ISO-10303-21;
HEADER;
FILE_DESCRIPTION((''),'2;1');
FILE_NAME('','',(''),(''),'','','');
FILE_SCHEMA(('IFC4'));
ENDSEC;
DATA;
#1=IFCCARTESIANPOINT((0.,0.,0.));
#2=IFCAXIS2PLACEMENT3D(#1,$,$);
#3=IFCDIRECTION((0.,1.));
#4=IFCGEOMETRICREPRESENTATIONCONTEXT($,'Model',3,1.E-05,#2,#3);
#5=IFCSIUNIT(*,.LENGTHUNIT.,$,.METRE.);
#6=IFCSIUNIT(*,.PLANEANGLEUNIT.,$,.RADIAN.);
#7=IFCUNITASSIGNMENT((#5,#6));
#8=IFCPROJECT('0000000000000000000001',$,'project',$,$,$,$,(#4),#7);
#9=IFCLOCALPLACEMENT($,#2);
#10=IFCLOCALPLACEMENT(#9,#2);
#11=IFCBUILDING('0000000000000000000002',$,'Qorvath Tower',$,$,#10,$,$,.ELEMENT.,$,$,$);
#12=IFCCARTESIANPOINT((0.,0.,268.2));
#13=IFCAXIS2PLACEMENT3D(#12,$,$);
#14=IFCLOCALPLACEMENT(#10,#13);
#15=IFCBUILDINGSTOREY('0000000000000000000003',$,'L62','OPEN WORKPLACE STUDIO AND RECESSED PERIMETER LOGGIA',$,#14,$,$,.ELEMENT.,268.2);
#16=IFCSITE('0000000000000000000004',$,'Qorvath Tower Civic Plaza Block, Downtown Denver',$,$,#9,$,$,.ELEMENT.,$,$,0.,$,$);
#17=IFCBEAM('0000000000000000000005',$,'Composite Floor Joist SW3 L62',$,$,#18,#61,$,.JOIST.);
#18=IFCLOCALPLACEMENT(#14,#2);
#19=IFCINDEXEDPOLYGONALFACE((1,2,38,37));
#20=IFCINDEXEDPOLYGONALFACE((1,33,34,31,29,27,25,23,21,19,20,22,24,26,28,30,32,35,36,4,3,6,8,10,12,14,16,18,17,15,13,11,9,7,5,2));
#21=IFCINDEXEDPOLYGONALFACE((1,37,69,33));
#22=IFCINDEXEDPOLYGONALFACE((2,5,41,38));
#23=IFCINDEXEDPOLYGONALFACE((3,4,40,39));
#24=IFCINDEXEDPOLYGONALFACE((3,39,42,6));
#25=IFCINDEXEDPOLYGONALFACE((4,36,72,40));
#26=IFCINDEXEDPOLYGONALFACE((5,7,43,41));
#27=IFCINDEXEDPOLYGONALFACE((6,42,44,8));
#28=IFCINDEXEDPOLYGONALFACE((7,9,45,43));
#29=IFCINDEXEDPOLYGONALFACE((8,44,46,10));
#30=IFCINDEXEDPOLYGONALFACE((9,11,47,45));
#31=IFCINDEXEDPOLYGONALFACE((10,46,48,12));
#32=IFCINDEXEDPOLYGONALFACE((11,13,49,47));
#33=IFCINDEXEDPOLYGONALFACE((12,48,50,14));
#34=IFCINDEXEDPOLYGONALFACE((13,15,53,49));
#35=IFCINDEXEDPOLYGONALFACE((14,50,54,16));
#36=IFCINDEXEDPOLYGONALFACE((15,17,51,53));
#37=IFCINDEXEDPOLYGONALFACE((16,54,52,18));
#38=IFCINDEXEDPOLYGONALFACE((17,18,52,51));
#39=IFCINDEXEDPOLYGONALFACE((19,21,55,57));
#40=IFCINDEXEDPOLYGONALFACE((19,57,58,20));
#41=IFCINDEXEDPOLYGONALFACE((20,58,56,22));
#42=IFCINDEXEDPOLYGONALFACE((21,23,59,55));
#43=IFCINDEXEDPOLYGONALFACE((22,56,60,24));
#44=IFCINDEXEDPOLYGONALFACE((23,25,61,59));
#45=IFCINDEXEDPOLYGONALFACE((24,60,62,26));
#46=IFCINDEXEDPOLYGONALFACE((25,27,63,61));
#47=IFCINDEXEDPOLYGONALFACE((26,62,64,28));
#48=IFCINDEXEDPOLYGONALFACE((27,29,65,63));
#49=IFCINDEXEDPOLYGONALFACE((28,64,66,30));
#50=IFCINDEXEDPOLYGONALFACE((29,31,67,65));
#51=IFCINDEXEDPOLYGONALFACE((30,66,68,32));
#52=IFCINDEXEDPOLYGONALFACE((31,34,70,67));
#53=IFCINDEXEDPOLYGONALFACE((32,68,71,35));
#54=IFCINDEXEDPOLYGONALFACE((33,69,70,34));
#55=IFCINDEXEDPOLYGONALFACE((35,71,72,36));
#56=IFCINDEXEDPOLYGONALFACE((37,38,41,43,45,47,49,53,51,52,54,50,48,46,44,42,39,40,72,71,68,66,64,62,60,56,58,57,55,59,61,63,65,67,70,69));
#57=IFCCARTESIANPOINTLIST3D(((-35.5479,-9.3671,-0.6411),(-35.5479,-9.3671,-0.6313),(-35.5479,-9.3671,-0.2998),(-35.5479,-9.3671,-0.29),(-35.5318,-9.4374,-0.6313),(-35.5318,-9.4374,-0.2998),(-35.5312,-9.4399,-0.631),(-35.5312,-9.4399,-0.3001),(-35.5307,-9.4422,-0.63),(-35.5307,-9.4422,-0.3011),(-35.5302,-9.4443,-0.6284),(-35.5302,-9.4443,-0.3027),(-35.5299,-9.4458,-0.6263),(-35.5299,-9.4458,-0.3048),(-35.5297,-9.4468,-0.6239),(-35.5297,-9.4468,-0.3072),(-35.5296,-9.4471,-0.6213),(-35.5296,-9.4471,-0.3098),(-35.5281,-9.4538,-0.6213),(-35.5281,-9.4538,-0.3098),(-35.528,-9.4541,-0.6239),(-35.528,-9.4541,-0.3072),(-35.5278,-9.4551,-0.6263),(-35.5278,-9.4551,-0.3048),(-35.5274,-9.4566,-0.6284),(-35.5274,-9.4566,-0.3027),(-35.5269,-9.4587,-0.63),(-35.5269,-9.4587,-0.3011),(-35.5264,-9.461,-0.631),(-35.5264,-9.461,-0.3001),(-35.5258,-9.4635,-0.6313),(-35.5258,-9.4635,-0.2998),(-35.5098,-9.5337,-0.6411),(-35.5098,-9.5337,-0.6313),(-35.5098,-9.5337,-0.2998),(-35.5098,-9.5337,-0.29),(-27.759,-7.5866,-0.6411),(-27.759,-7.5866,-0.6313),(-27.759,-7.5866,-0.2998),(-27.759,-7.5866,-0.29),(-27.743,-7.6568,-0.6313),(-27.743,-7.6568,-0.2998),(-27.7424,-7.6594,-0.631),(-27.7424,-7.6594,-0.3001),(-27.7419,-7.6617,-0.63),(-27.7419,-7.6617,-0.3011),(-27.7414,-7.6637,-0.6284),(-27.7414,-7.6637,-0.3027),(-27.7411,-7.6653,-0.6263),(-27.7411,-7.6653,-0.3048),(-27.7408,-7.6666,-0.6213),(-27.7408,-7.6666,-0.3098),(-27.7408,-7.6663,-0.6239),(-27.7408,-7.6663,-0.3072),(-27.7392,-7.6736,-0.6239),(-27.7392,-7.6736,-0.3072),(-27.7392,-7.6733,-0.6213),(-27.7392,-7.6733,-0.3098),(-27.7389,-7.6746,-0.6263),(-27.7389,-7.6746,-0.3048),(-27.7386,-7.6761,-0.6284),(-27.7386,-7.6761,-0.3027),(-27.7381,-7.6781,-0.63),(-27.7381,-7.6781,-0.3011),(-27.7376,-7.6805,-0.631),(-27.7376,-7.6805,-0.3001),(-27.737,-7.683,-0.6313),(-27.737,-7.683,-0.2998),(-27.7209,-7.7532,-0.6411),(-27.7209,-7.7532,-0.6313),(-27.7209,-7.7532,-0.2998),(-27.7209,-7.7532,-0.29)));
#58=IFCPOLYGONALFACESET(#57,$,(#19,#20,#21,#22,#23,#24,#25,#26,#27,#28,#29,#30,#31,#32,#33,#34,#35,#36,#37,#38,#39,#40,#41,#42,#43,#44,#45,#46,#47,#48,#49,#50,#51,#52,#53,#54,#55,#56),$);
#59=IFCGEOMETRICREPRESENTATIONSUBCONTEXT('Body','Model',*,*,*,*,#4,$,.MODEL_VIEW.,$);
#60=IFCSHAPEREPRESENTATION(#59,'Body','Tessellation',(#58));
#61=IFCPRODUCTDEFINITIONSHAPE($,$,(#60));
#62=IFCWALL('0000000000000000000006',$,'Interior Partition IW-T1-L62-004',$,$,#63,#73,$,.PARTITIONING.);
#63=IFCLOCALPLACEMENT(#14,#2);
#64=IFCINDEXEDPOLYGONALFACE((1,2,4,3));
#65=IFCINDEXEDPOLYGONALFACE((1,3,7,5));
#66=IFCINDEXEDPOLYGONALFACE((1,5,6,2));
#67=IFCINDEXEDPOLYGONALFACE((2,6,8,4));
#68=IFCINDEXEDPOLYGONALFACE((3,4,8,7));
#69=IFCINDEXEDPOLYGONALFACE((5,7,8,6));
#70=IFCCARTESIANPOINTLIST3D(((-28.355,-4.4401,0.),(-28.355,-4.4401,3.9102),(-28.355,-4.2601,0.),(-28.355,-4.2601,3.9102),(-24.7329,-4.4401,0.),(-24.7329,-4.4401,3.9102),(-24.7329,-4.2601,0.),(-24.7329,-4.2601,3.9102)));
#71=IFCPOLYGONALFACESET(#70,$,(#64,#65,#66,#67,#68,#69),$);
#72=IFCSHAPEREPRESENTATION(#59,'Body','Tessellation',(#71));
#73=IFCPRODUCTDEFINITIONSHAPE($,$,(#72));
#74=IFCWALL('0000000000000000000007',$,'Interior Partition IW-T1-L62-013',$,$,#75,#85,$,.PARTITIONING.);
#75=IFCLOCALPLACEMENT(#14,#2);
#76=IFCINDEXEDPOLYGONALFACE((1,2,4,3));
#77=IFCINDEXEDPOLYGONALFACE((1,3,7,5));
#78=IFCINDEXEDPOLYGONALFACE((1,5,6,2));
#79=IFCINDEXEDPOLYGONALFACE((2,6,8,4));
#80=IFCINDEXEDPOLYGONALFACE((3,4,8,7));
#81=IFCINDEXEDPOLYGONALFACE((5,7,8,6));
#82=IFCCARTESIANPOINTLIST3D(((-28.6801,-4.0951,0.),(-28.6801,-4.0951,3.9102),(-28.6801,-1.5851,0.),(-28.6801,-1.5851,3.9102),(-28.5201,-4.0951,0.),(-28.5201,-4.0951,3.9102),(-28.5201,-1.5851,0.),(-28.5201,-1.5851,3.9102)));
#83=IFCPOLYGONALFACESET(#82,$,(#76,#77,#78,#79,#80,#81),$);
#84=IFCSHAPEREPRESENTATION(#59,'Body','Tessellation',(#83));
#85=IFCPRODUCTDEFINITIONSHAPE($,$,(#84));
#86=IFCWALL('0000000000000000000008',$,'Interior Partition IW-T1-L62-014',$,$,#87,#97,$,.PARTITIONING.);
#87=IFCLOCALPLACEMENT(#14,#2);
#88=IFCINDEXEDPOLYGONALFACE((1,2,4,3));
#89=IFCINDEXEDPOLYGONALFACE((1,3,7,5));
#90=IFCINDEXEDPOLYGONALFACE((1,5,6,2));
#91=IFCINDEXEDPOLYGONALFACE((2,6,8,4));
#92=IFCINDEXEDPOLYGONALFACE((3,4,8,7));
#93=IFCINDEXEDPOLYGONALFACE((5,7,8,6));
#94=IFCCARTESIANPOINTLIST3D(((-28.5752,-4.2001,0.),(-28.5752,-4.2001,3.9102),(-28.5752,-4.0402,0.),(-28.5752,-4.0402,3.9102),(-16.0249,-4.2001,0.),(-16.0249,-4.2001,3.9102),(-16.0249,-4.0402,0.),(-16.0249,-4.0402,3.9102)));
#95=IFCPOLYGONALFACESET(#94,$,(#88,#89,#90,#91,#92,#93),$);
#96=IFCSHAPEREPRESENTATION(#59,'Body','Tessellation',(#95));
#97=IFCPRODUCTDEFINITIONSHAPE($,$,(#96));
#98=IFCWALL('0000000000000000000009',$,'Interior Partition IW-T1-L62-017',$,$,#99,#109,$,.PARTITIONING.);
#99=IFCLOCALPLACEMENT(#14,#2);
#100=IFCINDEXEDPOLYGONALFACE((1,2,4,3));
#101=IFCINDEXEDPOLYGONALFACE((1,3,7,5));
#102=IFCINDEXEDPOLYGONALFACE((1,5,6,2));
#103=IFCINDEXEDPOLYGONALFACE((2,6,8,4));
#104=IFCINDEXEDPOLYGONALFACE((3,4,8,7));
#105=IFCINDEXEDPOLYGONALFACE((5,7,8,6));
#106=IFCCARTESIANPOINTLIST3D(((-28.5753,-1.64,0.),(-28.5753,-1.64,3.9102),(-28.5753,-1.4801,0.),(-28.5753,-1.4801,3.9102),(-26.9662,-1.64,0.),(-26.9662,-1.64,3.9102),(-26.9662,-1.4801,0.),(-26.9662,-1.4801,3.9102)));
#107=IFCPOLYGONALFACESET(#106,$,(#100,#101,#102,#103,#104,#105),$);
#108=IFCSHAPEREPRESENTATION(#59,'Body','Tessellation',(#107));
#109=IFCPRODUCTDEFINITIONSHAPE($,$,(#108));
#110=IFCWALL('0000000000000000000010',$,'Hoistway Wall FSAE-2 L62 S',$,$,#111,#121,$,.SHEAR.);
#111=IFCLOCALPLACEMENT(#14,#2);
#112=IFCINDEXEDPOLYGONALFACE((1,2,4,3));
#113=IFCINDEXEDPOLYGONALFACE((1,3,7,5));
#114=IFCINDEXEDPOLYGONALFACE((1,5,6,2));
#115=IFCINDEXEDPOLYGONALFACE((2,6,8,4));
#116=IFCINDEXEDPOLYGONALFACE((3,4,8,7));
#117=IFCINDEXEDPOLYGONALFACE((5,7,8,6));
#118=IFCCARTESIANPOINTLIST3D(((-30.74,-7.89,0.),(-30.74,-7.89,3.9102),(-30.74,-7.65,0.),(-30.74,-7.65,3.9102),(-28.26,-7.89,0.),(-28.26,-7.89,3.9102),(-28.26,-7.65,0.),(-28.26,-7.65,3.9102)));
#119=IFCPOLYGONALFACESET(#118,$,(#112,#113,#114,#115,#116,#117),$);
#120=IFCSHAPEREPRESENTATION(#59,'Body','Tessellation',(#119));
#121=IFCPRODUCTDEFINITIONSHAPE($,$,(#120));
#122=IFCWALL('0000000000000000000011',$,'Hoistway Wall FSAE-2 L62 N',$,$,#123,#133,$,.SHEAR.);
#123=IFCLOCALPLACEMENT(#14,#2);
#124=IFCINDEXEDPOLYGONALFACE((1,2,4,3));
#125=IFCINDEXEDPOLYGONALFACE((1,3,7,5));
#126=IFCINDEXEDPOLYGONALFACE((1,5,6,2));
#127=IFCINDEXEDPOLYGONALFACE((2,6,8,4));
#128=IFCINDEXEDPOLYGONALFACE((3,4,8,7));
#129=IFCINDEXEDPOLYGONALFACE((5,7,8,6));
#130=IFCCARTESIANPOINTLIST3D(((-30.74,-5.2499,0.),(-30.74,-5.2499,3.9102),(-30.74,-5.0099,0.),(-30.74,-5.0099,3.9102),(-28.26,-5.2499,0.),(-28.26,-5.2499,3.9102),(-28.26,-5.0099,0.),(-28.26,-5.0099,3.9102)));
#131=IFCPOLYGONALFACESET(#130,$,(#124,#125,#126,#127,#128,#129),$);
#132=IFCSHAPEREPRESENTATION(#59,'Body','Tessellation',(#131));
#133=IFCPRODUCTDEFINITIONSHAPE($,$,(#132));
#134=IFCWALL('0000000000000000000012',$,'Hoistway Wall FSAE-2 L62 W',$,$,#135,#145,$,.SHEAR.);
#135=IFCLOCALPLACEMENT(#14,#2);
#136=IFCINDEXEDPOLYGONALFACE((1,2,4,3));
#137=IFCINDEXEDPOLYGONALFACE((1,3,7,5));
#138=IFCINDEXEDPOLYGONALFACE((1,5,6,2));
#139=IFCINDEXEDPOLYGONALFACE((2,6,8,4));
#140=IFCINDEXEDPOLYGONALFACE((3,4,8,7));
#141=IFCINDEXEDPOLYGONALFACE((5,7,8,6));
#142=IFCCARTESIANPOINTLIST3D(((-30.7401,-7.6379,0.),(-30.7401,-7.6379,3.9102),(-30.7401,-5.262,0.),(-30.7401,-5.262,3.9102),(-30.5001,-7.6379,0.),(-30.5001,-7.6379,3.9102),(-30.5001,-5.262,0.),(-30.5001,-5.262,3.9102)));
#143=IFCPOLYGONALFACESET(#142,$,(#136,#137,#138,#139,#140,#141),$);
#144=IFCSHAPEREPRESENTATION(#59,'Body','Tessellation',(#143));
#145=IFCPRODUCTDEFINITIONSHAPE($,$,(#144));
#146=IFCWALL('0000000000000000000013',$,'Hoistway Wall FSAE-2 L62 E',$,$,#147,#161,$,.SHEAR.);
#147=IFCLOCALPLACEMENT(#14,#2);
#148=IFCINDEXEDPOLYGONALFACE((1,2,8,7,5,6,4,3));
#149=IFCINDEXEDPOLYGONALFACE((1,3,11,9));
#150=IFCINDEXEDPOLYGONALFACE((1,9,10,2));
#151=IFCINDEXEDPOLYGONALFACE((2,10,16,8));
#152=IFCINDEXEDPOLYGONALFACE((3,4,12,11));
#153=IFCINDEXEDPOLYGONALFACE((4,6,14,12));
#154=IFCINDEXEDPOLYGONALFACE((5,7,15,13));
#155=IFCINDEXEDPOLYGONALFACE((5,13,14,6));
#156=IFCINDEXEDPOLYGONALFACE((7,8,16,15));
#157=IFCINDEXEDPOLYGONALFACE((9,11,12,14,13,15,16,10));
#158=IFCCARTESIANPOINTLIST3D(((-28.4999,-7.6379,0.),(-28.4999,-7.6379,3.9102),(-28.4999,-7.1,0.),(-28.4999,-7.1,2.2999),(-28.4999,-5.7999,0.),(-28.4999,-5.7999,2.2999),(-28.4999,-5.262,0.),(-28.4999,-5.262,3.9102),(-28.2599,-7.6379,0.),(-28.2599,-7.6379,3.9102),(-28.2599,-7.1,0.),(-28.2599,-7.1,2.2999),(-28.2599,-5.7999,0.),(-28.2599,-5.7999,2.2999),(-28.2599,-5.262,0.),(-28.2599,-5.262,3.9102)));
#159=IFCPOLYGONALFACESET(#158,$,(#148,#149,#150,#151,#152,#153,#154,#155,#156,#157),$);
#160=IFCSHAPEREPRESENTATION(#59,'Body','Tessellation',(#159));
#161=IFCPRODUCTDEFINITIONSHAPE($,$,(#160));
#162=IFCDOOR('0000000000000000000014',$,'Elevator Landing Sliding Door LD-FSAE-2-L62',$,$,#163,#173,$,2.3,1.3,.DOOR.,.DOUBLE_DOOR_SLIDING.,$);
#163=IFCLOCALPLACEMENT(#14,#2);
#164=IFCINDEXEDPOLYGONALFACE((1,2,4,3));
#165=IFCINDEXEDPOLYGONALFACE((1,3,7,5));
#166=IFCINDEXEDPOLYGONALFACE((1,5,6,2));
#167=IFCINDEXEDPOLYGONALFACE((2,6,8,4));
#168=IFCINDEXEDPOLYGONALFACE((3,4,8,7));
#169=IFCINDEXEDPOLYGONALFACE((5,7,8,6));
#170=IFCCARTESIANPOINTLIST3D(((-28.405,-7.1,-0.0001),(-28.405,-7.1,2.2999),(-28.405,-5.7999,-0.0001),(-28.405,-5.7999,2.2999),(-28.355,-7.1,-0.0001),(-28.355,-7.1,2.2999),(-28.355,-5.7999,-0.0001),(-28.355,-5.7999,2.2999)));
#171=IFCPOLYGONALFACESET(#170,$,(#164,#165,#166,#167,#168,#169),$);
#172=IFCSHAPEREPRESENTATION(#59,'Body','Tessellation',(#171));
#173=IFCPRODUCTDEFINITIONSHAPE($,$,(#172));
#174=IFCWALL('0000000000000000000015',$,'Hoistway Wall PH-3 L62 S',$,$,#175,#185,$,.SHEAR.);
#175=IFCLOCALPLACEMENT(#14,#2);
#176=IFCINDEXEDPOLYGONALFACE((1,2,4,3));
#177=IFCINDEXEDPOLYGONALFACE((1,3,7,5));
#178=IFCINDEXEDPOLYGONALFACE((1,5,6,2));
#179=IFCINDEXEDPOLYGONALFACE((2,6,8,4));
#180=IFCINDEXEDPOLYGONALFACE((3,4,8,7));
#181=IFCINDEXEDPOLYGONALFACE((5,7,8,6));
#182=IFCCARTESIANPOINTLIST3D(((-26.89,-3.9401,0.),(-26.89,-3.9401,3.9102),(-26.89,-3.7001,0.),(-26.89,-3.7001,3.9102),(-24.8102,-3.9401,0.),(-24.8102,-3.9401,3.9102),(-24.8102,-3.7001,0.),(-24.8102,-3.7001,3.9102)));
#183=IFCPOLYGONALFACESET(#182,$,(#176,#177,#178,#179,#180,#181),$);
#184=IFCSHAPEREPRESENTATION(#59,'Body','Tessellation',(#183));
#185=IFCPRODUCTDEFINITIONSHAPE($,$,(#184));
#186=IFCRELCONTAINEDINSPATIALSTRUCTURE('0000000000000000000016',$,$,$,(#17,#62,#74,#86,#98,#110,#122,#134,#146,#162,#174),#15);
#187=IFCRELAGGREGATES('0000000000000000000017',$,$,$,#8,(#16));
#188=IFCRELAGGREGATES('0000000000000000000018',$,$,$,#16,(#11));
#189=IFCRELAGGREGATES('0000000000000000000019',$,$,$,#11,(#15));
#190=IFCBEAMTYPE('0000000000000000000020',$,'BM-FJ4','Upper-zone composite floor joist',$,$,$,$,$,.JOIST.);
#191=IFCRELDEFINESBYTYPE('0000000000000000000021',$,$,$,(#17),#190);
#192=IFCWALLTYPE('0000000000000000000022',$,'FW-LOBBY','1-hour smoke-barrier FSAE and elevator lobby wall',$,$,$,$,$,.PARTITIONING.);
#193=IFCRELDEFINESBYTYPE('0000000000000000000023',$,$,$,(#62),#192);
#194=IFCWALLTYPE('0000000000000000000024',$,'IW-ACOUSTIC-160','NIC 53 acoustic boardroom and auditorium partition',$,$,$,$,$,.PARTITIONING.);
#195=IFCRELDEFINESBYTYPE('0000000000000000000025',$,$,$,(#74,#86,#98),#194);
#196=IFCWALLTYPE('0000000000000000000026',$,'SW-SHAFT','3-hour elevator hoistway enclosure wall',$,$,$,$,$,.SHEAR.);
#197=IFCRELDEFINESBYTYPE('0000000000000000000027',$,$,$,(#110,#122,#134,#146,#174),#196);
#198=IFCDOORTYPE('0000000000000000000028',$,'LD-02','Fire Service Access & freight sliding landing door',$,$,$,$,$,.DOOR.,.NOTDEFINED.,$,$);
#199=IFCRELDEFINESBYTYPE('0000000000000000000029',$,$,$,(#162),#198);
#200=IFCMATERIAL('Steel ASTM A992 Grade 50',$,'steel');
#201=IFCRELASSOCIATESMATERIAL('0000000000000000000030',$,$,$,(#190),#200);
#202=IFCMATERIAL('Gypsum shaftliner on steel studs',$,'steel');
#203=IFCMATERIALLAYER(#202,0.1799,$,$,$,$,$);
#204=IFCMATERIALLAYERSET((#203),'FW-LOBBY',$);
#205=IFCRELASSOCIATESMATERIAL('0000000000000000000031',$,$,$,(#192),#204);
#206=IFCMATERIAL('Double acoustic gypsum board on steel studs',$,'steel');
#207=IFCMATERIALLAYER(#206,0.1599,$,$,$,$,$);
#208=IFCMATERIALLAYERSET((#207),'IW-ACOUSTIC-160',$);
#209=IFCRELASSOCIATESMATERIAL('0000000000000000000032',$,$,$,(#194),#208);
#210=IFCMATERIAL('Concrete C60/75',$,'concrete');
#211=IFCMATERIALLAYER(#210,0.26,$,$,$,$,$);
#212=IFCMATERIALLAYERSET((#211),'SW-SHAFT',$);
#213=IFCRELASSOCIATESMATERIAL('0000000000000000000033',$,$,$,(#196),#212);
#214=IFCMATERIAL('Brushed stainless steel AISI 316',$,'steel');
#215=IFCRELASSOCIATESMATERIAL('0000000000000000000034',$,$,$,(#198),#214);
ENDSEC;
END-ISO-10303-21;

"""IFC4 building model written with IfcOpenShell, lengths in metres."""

from ifc_helpers import new_model, si_unit, direction, frame, frame_2d, origin, origin_2d, place, context, subcontext, project, spatial, rectangle, i_section, extrude, material, layer, layer_set, material_profile, profile_set, type_object, element, fill, save


model = new_model("IFC4")

# Units and contexts
model_context = context("Model", 3, precision=1e-05, world=origin(), true_north=direction((0.0, 1.0)))
body_context = subcontext(model_context, "Body", "Model", "MODEL_VIEW")
ifc_project = project(units=[si_unit("LENGTHUNIT", "METRE"), si_unit("PLANEANGLEUNIT", "RADIAN")], contexts=[model_context])

# Site, building, storey
site_placement = place(None, origin())
site = spatial("IfcSite", under=ifc_project, at=site_placement, Name="Qorvath Tower Civic Plaza Block, Downtown Denver", CompositionType="ELEMENT", RefElevation=0.0)
building_placement = place(site_placement, origin())
building = spatial("IfcBuilding", under=site, at=building_placement, Name="Qorvath Tower", CompositionType="ELEMENT")
storey_placement = place(building_placement, frame((0.0, 0.0, 268.2)))
storey = spatial("IfcBuildingStorey", under=building, at=storey_placement, Name="L62", Description="OPEN WORKPLACE STUDIO AND RECESSED PERIMETER LOGGIA", CompositionType="ELEMENT", Elevation=268.2)

# Beam
ifc_material_1 = material(Name="Steel ASTM A992 Grade 50", Category="steel")
ifc_material_profile_1 = material_profile(ifc_material_1, i_section(OverallWidth=0.1709, OverallDepth=0.3511, WebThickness=0.0068, FlangeThickness=0.0098, FilletRadius=0.01, at=origin_2d()), Name="W14x30")
ifc_profile_set_1 = profile_set([ifc_material_profile_1], Name="Steel ASTM A992 Grade 50")
beam_type_1 = type_object("IfcBeamType", Name="BM-FJ4", Description="Upper-zone composite floor joist", PredefinedType="JOIST", material=ifc_profile_set_1)
beam_1_placement = place(storey_placement, frame((-27.74, -7.6699, -0.4656), z_axis=(-0.974853, -0.222851, 0.0), x_axis=(0.222851, -0.974853, 0.0)))
element("IfcBeam", 1, at=beam_1_placement, inside=storey, type_object=beam_type_1, Name="Composite Floor Joist SW3 L62", PredefinedType="JOIST", context=body_context, shape_type="SweptSolid", body=[
    extrude(i_section(OverallWidth=0.1709, OverallDepth=0.3511, WebThickness=0.0068, FlangeThickness=0.0098, FilletRadius=0.01, at=origin_2d()), origin(), (0.0, 0.0, 1.0), 7.9897),
])

# Walls
ifc_material_2 = material(Name="Gypsum shaftliner on steel studs", Category="steel")
ifc_layer_1 = layer(ifc_material_2, 0.1799)
ifc_layer_set_1 = layer_set([ifc_layer_1], Name="FW-LOBBY")
wall_type_1 = type_object("IfcWallType", Name="FW-LOBBY", Description="1-hour smoke-barrier FSAE and elevator lobby wall", PredefinedType="PARTITIONING", material=ifc_layer_set_1)
wall_1_placement = place(storey_placement, frame((-24.7329, -4.3501, 0.0), z_axis=(0.0, 0.0, 1.0), x_axis=(-1.0, 0.0, 0.0)))
element("IfcWall", 2, at=wall_1_placement, inside=storey, type_object=wall_type_1, Name="Interior Partition IW-T1-L62-004", PredefinedType="PARTITIONING", context=body_context, shape_type="SweptSolid", body=[
    extrude(rectangle(XDim=3.6221, YDim=0.1799, at=frame_2d((1.811, 0.0))), origin(), (0.0, 0.0, 1.0), 3.9102),
])
ifc_material_3 = material(Name="Double acoustic gypsum board on steel studs", Category="steel")
ifc_layer_2 = layer(ifc_material_3, 0.1599)
ifc_layer_set_2 = layer_set([ifc_layer_2], Name="IW-ACOUSTIC-160")
wall_type_2 = type_object("IfcWallType", Name="IW-ACOUSTIC-160", Description="NIC 53 acoustic boardroom and auditorium partition", PredefinedType="PARTITIONING", material=ifc_layer_set_2)
wall_2_placement = place(storey_placement, frame((-28.6001, -1.5852, 0.0), z_axis=(0.0, 0.0, 1.0), x_axis=(0.0, -1.0, 0.0)))
element("IfcWall", 3, at=wall_2_placement, inside=storey, type_object=wall_type_2, Name="Interior Partition IW-T1-L62-013", PredefinedType="PARTITIONING", context=body_context, shape_type="SweptSolid", body=[
    extrude(rectangle(XDim=2.51, YDim=0.1599, at=frame_2d((1.2549, 0.0))), origin(), (0.0, 0.0, 1.0), 3.9102),
])
wall_3_placement = place(storey_placement, frame((-28.5752, -4.1201, 0.0), z_axis=(0.0, 0.0, 1.0), x_axis=(1.0, 0.0, 0.0)))
element("IfcWall", 4, at=wall_3_placement, inside=storey, type_object=wall_type_2, Name="Interior Partition IW-T1-L62-014", PredefinedType="PARTITIONING", context=body_context, shape_type="SweptSolid", body=[
    extrude(rectangle(XDim=12.5503, YDim=0.1599, at=frame_2d((6.2751, 0.0))), origin(), (0.0, 0.0, 1.0), 3.9102),
])
wall_4_placement = place(storey_placement, frame((-26.9661, -1.5601, 0.0), z_axis=(0.0, 0.0, 1.0), x_axis=(-1.0, 0.0, 0.0)))
element("IfcWall", 5, at=wall_4_placement, inside=storey, type_object=wall_type_2, Name="Interior Partition IW-T1-L62-017", PredefinedType="PARTITIONING", context=body_context, shape_type="SweptSolid", body=[
    extrude(rectangle(XDim=1.6091, YDim=0.1599, at=frame_2d((0.8047, 0.0))), origin(), (0.0, 0.0, 1.0), 3.9102),
])
ifc_material_4 = material(Name="Concrete C60/75", Category="concrete")
ifc_layer_3 = layer(ifc_material_4, 0.26)
ifc_layer_set_3 = layer_set([ifc_layer_3], Name="SW-SHAFT")
wall_type_3 = type_object("IfcWallType", Name="SW-SHAFT", Description="3-hour elevator hoistway enclosure wall", PredefinedType="SHEAR", material=ifc_layer_set_3)
for number, where, z_axis, x_axis, name in (
    (6, (-28.26, -7.77, 0.0), (0.0, 0.0, 1.0), (-1.0, 0.0, 0.0), "Hoistway Wall FSAE-2 L62 S"),
    (7, (-30.74, -5.1299, 0.0), (0.0, 0.0, 1.0), (1.0, 0.0, 0.0), "Hoistway Wall FSAE-2 L62 N"),
):
    element("IfcWall", number, at=place(storey_placement, frame(where, z_axis=z_axis, x_axis=x_axis)), inside=storey, type_object=wall_type_3, Name=name, PredefinedType="SHEAR", context=body_context, shape_type="SweptSolid", body=[
        extrude(rectangle(XDim=2.48, YDim=0.24, at=frame_2d((1.24, 0.0))), origin(), (0.0, 0.0, 1.0), 3.9102),
    ])
wall_5_placement = place(storey_placement, frame((-30.6201, -7.6379, 0.0), z_axis=(0.0, 0.0, 1.0), x_axis=(0.0, 1.0, 0.0)))
element("IfcWall", 8, at=wall_5_placement, inside=storey, type_object=wall_type_3, Name="Hoistway Wall FSAE-2 L62 W", PredefinedType="SHEAR", context=body_context, shape_type="SweptSolid", body=[
    extrude(rectangle(XDim=2.376, YDim=0.24, at=frame_2d((1.188, 0.0))), origin(), (0.0, 0.0, 1.0), 3.9102),
])

# Wall, opening, door
wall_6_placement = place(storey_placement, frame((-28.3799, -5.262, 0.0), z_axis=(0.0, 0.0, 1.0), x_axis=(0.0, -1.0, 0.0)))
wall_6 = element("IfcWall", 9, at=wall_6_placement, inside=storey, type_object=wall_type_3, Name="Hoistway Wall FSAE-2 L62 E", PredefinedType="SHEAR", context=body_context, shape_type="SweptSolid", body=[
    extrude(rectangle(XDim=2.376, YDim=0.24, at=frame_2d((1.188, 0.0))), origin(), (0.0, 0.0, 1.0), 3.9102),
])
opening_1_placement = place(wall_6_placement, frame((0.5381, 0.0, 0.0)))
opening_1 = element("IfcOpeningElement", 10, at=opening_1_placement, cuts=wall_6, PredefinedType="OPENING", context=body_context, shape_type="SweptSolid", body=[
    extrude(rectangle(XDim=1.3, YDim=2.3, at=frame_2d((0.6499, 1.1499))), frame((0.0, 0.1299, 0.0), z_axis=(0.0, -1.0, 0.0), x_axis=(1.0, 0.0, 0.0)), (0.0, 0.0, 1.0), 0.26),
])
ifc_material_5 = material(Name="Brushed stainless steel AISI 316", Category="steel")
door_type_1 = type_object("IfcDoorType", Name="LD-02", Description="Fire Service Access & freight sliding landing door", OperationType="NOTDEFINED", PredefinedType="DOOR", material=ifc_material_5)
door_1_placement = place(opening_1_placement, origin())
door_1 = element("IfcDoor", 11, at=door_1_placement, inside=storey, type_object=door_type_1, Name="Elevator Landing Sliding Door LD-FSAE-2-L62", OperationType="DOUBLE_DOOR_SLIDING", OverallHeight=2.3, OverallWidth=1.3, PredefinedType="DOOR", context=body_context, shape_type="SweptSolid", body=[
    extrude(rectangle(XDim=1.3, YDim=2.3, at=frame_2d((0.6499, 1.1499))), frame((0.0, 0.0249, 0.0), z_axis=(0.0, -1.0, 0.0), x_axis=(1.0, 0.0, 0.0)), (0.0, 0.0, 1.0), 0.05),
])
fill(opening_1, door_1)

# Wall
wall_7_placement = place(storey_placement, frame((-24.8101, -3.8201, 0.0), z_axis=(0.0, 0.0, 1.0), x_axis=(-1.0, 0.0, 0.0)))
element("IfcWall", 12, at=wall_7_placement, inside=storey, type_object=wall_type_3, Name="Hoistway Wall PH-3 L62 S", PredefinedType="SHEAR", context=body_context, shape_type="SweptSolid", body=[
    extrude(rectangle(XDim=2.0798, YDim=0.24, at=frame_2d((1.04, 0.0))), origin(), (0.0, 0.0, 1.0), 3.9102),
])

save(model, "model.ifc")
